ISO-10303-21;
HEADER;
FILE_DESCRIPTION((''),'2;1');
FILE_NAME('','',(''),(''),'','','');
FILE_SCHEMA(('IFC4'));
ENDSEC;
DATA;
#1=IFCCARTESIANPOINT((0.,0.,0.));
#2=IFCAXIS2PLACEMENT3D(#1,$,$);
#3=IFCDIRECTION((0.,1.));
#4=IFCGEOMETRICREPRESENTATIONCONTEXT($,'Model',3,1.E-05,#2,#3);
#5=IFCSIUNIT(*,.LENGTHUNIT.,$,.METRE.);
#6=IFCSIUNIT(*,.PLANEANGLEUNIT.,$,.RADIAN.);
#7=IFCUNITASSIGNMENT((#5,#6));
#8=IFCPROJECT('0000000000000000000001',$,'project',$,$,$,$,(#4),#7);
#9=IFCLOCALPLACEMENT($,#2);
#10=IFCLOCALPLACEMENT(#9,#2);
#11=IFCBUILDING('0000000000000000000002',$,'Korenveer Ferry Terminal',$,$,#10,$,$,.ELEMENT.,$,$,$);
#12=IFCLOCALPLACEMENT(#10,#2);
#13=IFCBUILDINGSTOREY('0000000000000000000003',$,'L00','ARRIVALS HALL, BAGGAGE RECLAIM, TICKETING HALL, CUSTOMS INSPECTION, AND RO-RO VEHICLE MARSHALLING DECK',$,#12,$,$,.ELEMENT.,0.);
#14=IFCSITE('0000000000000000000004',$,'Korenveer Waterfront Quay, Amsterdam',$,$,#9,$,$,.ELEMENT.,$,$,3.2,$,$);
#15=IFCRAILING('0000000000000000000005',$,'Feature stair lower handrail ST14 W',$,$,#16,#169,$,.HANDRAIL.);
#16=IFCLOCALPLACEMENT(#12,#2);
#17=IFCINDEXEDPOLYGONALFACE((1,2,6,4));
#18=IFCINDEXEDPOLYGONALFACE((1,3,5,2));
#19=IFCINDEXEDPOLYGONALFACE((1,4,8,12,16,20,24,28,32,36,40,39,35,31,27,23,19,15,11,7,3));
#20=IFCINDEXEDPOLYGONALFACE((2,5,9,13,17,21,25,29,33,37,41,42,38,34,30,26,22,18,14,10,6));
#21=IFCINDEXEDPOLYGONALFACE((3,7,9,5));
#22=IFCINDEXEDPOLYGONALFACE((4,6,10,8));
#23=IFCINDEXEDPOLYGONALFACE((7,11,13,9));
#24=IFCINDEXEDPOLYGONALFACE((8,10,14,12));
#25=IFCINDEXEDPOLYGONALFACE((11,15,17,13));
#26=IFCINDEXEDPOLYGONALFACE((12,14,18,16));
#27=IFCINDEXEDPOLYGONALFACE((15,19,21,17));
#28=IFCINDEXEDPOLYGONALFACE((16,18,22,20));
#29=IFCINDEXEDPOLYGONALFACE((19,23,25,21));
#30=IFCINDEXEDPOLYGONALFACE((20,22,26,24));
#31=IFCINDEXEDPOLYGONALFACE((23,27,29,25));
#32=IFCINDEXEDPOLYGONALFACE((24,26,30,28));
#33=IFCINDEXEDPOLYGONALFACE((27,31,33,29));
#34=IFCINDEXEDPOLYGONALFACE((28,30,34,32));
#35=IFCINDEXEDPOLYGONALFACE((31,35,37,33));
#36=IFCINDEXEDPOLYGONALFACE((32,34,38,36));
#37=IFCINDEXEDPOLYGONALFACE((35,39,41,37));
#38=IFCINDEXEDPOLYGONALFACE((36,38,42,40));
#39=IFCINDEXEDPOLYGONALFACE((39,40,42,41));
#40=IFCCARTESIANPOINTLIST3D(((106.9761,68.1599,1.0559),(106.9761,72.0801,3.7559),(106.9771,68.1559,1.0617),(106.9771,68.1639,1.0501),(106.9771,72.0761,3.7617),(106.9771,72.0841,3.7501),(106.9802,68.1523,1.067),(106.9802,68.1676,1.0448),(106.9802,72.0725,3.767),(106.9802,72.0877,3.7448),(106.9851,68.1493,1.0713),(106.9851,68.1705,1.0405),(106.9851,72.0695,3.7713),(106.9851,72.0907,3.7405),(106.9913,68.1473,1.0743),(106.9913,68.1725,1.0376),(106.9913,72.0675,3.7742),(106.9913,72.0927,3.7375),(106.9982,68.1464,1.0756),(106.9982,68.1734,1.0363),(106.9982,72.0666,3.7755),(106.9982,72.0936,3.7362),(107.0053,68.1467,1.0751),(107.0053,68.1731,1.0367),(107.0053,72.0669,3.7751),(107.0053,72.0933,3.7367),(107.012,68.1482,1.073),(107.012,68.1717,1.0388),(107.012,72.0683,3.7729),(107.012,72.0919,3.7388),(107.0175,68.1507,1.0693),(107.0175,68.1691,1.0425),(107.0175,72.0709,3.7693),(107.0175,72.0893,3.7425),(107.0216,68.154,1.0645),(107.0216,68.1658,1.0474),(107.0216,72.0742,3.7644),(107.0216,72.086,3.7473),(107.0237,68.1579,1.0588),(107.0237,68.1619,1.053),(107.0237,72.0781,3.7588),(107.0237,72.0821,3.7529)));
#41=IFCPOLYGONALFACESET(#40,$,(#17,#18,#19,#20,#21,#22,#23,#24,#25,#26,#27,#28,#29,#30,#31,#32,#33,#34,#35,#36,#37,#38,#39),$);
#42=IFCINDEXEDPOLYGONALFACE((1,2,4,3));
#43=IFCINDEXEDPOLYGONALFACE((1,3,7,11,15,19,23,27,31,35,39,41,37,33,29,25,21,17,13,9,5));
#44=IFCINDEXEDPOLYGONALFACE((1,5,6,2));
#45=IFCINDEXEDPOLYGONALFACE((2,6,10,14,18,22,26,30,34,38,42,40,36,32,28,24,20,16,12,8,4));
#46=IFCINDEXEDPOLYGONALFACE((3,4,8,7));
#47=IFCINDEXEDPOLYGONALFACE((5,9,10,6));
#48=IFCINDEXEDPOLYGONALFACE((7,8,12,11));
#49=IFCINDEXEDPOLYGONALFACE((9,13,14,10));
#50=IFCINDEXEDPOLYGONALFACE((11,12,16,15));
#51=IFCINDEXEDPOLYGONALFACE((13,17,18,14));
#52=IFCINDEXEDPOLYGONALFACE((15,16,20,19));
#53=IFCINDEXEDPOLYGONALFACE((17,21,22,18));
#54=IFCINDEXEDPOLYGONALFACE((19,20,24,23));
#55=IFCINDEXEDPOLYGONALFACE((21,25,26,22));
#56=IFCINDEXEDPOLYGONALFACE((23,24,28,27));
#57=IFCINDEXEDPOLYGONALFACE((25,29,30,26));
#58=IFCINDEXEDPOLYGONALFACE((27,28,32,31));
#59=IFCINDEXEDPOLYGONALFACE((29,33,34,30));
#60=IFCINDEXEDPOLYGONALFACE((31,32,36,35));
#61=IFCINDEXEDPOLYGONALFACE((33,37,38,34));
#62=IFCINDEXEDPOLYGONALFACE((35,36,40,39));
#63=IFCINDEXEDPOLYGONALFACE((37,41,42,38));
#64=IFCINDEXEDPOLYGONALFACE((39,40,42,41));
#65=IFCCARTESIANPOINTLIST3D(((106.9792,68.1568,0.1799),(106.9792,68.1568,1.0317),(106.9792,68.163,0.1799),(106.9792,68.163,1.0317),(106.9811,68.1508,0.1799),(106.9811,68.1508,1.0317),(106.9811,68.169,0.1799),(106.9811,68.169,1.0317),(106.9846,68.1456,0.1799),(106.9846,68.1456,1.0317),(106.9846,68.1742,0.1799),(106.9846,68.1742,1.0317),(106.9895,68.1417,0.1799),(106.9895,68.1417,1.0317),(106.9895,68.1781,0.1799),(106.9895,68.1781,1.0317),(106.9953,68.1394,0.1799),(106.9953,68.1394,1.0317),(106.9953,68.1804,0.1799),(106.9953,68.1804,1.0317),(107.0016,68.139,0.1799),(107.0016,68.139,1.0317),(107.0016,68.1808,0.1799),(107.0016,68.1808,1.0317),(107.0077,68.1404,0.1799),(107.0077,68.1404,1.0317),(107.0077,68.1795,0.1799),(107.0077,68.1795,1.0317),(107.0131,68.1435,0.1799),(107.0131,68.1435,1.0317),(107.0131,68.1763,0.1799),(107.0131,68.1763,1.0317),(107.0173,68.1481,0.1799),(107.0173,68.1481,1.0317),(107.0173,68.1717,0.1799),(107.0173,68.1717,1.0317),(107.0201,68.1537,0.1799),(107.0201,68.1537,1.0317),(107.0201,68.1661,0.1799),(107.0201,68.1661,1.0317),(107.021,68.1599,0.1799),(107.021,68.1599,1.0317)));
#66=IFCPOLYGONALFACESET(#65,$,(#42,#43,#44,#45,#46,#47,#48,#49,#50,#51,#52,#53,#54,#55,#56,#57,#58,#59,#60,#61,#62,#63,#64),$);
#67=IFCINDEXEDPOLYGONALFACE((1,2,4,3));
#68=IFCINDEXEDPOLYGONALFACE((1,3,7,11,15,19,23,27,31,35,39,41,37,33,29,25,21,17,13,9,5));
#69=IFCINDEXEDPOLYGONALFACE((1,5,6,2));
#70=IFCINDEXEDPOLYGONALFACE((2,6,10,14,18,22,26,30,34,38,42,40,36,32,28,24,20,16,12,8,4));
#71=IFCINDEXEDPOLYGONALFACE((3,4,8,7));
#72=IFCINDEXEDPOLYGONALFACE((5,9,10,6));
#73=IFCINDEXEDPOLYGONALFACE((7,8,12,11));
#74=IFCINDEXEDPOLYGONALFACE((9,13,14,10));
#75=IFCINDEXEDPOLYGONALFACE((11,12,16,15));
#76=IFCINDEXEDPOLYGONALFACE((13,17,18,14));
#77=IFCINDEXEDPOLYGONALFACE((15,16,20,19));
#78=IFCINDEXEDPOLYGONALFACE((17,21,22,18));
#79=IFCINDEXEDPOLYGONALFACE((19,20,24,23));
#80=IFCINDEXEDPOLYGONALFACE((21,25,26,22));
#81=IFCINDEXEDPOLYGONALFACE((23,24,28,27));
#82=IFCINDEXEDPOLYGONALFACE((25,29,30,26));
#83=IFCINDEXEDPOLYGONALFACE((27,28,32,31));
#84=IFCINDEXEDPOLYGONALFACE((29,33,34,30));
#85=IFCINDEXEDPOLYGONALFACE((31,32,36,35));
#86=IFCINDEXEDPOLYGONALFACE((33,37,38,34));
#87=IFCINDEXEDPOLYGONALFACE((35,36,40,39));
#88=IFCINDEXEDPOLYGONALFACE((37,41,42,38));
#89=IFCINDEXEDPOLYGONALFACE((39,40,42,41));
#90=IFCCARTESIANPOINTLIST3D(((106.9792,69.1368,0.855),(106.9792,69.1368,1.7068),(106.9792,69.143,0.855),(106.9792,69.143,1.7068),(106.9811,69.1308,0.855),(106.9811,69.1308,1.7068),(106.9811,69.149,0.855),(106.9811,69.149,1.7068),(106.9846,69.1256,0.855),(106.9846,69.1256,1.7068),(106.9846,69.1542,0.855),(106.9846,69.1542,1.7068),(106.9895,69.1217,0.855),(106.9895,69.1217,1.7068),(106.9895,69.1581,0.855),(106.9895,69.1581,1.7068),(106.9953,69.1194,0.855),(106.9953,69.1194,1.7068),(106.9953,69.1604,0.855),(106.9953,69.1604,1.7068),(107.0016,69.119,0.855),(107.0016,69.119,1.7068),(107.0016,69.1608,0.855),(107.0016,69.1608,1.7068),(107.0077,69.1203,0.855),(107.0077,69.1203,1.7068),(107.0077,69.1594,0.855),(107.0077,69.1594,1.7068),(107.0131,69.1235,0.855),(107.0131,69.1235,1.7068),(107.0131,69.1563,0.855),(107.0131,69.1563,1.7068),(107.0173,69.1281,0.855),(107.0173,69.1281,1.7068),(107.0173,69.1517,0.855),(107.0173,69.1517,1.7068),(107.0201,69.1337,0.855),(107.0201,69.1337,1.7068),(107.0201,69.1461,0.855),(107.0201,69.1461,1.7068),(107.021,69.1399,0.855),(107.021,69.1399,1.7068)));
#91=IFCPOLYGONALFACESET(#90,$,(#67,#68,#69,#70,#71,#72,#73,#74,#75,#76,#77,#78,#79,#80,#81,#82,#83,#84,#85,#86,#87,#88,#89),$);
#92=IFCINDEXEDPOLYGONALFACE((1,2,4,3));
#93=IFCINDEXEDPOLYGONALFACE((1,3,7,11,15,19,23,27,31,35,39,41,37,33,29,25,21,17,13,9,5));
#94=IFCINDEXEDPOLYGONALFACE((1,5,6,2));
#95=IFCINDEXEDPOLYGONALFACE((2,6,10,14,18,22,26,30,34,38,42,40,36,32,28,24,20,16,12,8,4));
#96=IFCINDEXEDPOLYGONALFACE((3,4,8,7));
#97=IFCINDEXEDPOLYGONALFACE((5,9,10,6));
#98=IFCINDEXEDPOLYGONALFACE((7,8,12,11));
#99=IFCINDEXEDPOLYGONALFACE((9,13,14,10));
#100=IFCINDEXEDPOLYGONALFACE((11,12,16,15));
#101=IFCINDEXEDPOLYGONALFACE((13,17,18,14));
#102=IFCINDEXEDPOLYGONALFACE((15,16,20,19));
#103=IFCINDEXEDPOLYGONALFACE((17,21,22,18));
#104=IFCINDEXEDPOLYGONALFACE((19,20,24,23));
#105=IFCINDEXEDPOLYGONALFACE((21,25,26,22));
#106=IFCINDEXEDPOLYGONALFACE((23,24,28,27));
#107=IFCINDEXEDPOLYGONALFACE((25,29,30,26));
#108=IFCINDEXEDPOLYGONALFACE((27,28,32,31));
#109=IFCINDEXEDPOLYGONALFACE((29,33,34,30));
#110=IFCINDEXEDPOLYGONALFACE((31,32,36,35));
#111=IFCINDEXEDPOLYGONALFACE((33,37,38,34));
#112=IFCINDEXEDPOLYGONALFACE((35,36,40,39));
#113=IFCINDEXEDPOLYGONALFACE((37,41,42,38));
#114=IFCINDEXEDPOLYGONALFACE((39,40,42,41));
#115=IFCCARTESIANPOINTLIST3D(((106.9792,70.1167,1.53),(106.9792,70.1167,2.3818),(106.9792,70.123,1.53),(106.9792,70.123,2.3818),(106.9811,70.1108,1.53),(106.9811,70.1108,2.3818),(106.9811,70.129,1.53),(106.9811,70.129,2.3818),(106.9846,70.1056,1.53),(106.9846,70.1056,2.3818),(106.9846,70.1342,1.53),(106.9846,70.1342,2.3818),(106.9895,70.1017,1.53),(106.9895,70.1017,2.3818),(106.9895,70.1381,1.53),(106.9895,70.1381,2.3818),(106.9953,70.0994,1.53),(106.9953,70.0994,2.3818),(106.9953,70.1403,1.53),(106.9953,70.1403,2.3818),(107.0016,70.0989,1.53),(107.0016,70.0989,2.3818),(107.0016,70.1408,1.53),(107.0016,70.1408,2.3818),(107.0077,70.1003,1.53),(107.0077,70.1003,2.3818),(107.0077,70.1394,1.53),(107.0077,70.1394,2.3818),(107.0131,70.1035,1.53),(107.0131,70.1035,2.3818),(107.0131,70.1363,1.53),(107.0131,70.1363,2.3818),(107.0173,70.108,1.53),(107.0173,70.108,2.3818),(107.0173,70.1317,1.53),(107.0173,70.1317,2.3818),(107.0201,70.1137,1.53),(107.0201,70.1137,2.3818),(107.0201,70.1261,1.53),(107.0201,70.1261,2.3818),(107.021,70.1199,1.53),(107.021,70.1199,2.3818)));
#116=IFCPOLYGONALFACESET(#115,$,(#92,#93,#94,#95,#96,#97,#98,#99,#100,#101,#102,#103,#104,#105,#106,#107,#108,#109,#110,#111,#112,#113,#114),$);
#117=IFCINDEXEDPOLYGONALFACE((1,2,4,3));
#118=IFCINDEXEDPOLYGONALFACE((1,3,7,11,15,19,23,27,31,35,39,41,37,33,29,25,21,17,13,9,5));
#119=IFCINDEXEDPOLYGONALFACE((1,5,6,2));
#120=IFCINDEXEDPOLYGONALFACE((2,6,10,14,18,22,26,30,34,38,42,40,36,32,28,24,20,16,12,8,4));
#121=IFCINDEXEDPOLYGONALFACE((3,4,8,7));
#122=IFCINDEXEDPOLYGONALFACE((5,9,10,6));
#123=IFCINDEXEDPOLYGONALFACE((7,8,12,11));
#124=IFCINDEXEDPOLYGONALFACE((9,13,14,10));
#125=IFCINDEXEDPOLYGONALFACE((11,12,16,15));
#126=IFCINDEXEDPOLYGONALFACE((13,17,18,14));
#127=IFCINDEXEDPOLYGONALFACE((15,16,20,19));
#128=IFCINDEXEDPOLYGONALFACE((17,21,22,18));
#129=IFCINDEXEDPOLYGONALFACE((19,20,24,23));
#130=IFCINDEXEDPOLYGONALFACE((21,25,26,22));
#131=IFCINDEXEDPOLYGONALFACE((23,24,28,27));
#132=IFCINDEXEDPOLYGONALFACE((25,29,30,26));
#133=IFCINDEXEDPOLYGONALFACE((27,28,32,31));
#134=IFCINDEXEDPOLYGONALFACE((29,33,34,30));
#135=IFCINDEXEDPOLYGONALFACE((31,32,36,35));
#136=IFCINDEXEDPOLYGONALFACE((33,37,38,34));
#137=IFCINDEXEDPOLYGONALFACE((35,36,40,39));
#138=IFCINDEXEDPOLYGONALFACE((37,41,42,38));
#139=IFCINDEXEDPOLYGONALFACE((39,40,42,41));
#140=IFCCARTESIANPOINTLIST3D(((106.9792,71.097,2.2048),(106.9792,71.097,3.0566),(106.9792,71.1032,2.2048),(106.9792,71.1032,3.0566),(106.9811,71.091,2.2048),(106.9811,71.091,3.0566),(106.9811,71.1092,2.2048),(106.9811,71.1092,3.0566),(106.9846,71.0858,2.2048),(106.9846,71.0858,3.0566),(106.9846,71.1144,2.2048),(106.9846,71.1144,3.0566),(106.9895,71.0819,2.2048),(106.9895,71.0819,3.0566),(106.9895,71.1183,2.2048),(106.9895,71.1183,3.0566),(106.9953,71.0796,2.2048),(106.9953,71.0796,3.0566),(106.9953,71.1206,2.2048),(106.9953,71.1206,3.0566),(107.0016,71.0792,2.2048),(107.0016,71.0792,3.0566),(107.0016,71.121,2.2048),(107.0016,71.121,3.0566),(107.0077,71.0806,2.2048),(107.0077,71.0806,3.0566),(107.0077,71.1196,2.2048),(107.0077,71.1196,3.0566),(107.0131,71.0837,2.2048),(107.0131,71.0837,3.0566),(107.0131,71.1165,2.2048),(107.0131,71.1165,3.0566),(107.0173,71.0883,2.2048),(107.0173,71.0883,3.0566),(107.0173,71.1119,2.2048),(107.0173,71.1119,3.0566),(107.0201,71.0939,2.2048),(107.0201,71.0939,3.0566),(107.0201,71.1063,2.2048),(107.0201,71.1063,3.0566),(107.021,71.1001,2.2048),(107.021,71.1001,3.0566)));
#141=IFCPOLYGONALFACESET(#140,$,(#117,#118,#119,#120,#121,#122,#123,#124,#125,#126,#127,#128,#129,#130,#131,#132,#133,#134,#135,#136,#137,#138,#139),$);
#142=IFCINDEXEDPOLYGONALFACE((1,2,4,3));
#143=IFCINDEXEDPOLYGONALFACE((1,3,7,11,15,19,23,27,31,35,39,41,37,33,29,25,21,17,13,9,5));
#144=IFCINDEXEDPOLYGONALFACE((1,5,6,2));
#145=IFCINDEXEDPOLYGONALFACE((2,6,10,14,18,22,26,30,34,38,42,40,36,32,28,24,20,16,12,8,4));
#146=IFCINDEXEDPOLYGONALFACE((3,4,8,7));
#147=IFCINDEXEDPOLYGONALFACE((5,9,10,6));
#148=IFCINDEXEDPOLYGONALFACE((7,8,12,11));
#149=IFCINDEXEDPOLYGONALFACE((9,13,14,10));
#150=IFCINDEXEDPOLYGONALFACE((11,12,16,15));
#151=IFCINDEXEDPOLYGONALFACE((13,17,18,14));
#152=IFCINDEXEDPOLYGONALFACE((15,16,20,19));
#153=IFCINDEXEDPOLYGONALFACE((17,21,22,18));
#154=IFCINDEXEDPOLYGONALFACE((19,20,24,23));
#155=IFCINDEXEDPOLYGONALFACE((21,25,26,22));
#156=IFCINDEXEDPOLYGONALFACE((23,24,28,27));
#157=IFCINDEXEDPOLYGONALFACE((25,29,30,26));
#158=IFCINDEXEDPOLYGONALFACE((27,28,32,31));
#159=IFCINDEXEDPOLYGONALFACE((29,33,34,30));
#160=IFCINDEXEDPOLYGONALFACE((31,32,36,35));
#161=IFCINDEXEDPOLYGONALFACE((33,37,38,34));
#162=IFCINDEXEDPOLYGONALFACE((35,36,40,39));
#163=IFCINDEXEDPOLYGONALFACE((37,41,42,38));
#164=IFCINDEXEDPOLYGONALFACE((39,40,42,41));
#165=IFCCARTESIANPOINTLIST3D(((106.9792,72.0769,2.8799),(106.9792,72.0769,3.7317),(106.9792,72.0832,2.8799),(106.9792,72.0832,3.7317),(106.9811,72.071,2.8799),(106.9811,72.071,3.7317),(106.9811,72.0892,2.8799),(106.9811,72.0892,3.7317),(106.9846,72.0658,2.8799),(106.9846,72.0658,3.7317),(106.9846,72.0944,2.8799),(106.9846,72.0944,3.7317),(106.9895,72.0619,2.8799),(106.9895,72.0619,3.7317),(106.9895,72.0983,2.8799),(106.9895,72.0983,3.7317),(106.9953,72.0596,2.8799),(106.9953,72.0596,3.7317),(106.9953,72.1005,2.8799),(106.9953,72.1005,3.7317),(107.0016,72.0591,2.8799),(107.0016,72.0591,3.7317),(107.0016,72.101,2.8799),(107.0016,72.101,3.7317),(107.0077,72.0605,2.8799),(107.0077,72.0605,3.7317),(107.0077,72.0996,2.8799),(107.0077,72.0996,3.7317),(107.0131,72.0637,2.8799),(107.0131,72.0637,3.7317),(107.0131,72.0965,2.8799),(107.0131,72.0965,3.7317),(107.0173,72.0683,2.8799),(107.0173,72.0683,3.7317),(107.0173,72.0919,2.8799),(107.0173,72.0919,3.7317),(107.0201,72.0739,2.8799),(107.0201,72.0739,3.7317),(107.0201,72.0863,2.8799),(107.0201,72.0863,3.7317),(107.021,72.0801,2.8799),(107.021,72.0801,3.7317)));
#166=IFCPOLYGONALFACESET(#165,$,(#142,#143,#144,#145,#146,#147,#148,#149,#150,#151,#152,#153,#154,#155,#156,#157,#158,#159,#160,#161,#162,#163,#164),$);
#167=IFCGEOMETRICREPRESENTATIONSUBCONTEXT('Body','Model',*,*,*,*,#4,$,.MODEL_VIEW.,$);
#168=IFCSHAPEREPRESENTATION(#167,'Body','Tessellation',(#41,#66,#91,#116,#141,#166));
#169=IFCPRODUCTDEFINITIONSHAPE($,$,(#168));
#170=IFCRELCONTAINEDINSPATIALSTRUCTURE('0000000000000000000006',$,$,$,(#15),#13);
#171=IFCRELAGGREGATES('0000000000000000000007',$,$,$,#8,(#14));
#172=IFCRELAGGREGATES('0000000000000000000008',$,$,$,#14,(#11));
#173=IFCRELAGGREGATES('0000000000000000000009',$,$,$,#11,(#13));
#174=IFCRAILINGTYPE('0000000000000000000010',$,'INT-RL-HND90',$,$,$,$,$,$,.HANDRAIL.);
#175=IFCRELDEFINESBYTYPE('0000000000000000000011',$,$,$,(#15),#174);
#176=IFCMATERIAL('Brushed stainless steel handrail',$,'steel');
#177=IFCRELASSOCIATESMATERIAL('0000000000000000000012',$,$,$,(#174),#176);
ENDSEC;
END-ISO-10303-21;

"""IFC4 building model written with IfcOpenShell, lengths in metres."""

from ifc_helpers import new_model, si_unit, direction, frame, origin, origin_2d, place, context, subcontext, project, spatial, circle, extrude, material, type_object, element, save


model = new_model("IFC4")

# Units and contexts
model_context = context("Model", 3, precision=1e-05, world=origin(), true_north=direction((0.0, 1.0)))
body_context = subcontext(model_context, "Body", "Model", "MODEL_VIEW")
ifc_project = project(units=[si_unit("LENGTHUNIT", "METRE"), si_unit("PLANEANGLEUNIT", "RADIAN")], contexts=[model_context])

# Site, building, storey
site_placement = place(None, origin())
site = spatial("IfcSite", under=ifc_project, at=site_placement, Name="Korenveer Waterfront Quay, Amsterdam", CompositionType="ELEMENT", RefElevation=3.2)
building_placement = place(site_placement, origin())
building = spatial("IfcBuilding", under=site, at=building_placement, Name="Korenveer Ferry Terminal", CompositionType="ELEMENT")
storey_placement = place(building_placement, origin())
storey = spatial("IfcBuildingStorey", under=building, at=storey_placement, Name="L00", Description="ARRIVALS HALL, BAGGAGE RECLAIM, TICKETING HALL, CUSTOMS INSPECTION, AND RO-RO VEHICLE MARSHALLING DECK", CompositionType="ELEMENT", Elevation=0.0)

# Railing
ifc_material_1 = material(Name="Brushed stainless steel handrail", Category="steel")
railing_type_1 = type_object("IfcRailingType", Name="INT-RL-HND90", PredefinedType="HANDRAIL", material=ifc_material_1)
railing_1_placement = place(storey_placement, frame((107.0, 68.1599, 0.1799)))
element("IfcRailing", 1, at=railing_1_placement, inside=storey, type_object=railing_type_1, Name="Feature stair lower handrail ST14 W", PredefinedType="HANDRAIL", context=body_context, shape_type="SweptSolid", body=[
    extrude(circle(Radius=0.0239, at=origin_2d()), frame((0.0, 0.0, 0.876), z_axis=(0.0, 0.823567, 0.567219), x_axis=(-1.0, 0.0, 0.0)), (0.0, 0.0, 1.0), 4.76),
    extrude(circle(Radius=0.021, at=origin_2d()), origin(), (0.0, 0.0, 1.0), 0.8518),
    extrude(circle(Radius=0.021, at=origin_2d()), frame((0.0, 0.98, 0.675)), (0.0, 0.0, 1.0), 0.8518),
    extrude(circle(Radius=0.021, at=origin_2d()), frame((0.0, 1.96, 1.3501)), (0.0, 0.0, 1.0), 0.8518),
    extrude(circle(Radius=0.021, at=origin_2d()), frame((0.0, 2.9402, 2.0249)), (0.0, 0.0, 1.0), 0.8518),
    extrude(circle(Radius=0.021, at=origin_2d()), frame((0.0, 3.9202, 2.7)), (0.0, 0.0, 1.0), 0.8518),
])

save(model, "model.ifc")
